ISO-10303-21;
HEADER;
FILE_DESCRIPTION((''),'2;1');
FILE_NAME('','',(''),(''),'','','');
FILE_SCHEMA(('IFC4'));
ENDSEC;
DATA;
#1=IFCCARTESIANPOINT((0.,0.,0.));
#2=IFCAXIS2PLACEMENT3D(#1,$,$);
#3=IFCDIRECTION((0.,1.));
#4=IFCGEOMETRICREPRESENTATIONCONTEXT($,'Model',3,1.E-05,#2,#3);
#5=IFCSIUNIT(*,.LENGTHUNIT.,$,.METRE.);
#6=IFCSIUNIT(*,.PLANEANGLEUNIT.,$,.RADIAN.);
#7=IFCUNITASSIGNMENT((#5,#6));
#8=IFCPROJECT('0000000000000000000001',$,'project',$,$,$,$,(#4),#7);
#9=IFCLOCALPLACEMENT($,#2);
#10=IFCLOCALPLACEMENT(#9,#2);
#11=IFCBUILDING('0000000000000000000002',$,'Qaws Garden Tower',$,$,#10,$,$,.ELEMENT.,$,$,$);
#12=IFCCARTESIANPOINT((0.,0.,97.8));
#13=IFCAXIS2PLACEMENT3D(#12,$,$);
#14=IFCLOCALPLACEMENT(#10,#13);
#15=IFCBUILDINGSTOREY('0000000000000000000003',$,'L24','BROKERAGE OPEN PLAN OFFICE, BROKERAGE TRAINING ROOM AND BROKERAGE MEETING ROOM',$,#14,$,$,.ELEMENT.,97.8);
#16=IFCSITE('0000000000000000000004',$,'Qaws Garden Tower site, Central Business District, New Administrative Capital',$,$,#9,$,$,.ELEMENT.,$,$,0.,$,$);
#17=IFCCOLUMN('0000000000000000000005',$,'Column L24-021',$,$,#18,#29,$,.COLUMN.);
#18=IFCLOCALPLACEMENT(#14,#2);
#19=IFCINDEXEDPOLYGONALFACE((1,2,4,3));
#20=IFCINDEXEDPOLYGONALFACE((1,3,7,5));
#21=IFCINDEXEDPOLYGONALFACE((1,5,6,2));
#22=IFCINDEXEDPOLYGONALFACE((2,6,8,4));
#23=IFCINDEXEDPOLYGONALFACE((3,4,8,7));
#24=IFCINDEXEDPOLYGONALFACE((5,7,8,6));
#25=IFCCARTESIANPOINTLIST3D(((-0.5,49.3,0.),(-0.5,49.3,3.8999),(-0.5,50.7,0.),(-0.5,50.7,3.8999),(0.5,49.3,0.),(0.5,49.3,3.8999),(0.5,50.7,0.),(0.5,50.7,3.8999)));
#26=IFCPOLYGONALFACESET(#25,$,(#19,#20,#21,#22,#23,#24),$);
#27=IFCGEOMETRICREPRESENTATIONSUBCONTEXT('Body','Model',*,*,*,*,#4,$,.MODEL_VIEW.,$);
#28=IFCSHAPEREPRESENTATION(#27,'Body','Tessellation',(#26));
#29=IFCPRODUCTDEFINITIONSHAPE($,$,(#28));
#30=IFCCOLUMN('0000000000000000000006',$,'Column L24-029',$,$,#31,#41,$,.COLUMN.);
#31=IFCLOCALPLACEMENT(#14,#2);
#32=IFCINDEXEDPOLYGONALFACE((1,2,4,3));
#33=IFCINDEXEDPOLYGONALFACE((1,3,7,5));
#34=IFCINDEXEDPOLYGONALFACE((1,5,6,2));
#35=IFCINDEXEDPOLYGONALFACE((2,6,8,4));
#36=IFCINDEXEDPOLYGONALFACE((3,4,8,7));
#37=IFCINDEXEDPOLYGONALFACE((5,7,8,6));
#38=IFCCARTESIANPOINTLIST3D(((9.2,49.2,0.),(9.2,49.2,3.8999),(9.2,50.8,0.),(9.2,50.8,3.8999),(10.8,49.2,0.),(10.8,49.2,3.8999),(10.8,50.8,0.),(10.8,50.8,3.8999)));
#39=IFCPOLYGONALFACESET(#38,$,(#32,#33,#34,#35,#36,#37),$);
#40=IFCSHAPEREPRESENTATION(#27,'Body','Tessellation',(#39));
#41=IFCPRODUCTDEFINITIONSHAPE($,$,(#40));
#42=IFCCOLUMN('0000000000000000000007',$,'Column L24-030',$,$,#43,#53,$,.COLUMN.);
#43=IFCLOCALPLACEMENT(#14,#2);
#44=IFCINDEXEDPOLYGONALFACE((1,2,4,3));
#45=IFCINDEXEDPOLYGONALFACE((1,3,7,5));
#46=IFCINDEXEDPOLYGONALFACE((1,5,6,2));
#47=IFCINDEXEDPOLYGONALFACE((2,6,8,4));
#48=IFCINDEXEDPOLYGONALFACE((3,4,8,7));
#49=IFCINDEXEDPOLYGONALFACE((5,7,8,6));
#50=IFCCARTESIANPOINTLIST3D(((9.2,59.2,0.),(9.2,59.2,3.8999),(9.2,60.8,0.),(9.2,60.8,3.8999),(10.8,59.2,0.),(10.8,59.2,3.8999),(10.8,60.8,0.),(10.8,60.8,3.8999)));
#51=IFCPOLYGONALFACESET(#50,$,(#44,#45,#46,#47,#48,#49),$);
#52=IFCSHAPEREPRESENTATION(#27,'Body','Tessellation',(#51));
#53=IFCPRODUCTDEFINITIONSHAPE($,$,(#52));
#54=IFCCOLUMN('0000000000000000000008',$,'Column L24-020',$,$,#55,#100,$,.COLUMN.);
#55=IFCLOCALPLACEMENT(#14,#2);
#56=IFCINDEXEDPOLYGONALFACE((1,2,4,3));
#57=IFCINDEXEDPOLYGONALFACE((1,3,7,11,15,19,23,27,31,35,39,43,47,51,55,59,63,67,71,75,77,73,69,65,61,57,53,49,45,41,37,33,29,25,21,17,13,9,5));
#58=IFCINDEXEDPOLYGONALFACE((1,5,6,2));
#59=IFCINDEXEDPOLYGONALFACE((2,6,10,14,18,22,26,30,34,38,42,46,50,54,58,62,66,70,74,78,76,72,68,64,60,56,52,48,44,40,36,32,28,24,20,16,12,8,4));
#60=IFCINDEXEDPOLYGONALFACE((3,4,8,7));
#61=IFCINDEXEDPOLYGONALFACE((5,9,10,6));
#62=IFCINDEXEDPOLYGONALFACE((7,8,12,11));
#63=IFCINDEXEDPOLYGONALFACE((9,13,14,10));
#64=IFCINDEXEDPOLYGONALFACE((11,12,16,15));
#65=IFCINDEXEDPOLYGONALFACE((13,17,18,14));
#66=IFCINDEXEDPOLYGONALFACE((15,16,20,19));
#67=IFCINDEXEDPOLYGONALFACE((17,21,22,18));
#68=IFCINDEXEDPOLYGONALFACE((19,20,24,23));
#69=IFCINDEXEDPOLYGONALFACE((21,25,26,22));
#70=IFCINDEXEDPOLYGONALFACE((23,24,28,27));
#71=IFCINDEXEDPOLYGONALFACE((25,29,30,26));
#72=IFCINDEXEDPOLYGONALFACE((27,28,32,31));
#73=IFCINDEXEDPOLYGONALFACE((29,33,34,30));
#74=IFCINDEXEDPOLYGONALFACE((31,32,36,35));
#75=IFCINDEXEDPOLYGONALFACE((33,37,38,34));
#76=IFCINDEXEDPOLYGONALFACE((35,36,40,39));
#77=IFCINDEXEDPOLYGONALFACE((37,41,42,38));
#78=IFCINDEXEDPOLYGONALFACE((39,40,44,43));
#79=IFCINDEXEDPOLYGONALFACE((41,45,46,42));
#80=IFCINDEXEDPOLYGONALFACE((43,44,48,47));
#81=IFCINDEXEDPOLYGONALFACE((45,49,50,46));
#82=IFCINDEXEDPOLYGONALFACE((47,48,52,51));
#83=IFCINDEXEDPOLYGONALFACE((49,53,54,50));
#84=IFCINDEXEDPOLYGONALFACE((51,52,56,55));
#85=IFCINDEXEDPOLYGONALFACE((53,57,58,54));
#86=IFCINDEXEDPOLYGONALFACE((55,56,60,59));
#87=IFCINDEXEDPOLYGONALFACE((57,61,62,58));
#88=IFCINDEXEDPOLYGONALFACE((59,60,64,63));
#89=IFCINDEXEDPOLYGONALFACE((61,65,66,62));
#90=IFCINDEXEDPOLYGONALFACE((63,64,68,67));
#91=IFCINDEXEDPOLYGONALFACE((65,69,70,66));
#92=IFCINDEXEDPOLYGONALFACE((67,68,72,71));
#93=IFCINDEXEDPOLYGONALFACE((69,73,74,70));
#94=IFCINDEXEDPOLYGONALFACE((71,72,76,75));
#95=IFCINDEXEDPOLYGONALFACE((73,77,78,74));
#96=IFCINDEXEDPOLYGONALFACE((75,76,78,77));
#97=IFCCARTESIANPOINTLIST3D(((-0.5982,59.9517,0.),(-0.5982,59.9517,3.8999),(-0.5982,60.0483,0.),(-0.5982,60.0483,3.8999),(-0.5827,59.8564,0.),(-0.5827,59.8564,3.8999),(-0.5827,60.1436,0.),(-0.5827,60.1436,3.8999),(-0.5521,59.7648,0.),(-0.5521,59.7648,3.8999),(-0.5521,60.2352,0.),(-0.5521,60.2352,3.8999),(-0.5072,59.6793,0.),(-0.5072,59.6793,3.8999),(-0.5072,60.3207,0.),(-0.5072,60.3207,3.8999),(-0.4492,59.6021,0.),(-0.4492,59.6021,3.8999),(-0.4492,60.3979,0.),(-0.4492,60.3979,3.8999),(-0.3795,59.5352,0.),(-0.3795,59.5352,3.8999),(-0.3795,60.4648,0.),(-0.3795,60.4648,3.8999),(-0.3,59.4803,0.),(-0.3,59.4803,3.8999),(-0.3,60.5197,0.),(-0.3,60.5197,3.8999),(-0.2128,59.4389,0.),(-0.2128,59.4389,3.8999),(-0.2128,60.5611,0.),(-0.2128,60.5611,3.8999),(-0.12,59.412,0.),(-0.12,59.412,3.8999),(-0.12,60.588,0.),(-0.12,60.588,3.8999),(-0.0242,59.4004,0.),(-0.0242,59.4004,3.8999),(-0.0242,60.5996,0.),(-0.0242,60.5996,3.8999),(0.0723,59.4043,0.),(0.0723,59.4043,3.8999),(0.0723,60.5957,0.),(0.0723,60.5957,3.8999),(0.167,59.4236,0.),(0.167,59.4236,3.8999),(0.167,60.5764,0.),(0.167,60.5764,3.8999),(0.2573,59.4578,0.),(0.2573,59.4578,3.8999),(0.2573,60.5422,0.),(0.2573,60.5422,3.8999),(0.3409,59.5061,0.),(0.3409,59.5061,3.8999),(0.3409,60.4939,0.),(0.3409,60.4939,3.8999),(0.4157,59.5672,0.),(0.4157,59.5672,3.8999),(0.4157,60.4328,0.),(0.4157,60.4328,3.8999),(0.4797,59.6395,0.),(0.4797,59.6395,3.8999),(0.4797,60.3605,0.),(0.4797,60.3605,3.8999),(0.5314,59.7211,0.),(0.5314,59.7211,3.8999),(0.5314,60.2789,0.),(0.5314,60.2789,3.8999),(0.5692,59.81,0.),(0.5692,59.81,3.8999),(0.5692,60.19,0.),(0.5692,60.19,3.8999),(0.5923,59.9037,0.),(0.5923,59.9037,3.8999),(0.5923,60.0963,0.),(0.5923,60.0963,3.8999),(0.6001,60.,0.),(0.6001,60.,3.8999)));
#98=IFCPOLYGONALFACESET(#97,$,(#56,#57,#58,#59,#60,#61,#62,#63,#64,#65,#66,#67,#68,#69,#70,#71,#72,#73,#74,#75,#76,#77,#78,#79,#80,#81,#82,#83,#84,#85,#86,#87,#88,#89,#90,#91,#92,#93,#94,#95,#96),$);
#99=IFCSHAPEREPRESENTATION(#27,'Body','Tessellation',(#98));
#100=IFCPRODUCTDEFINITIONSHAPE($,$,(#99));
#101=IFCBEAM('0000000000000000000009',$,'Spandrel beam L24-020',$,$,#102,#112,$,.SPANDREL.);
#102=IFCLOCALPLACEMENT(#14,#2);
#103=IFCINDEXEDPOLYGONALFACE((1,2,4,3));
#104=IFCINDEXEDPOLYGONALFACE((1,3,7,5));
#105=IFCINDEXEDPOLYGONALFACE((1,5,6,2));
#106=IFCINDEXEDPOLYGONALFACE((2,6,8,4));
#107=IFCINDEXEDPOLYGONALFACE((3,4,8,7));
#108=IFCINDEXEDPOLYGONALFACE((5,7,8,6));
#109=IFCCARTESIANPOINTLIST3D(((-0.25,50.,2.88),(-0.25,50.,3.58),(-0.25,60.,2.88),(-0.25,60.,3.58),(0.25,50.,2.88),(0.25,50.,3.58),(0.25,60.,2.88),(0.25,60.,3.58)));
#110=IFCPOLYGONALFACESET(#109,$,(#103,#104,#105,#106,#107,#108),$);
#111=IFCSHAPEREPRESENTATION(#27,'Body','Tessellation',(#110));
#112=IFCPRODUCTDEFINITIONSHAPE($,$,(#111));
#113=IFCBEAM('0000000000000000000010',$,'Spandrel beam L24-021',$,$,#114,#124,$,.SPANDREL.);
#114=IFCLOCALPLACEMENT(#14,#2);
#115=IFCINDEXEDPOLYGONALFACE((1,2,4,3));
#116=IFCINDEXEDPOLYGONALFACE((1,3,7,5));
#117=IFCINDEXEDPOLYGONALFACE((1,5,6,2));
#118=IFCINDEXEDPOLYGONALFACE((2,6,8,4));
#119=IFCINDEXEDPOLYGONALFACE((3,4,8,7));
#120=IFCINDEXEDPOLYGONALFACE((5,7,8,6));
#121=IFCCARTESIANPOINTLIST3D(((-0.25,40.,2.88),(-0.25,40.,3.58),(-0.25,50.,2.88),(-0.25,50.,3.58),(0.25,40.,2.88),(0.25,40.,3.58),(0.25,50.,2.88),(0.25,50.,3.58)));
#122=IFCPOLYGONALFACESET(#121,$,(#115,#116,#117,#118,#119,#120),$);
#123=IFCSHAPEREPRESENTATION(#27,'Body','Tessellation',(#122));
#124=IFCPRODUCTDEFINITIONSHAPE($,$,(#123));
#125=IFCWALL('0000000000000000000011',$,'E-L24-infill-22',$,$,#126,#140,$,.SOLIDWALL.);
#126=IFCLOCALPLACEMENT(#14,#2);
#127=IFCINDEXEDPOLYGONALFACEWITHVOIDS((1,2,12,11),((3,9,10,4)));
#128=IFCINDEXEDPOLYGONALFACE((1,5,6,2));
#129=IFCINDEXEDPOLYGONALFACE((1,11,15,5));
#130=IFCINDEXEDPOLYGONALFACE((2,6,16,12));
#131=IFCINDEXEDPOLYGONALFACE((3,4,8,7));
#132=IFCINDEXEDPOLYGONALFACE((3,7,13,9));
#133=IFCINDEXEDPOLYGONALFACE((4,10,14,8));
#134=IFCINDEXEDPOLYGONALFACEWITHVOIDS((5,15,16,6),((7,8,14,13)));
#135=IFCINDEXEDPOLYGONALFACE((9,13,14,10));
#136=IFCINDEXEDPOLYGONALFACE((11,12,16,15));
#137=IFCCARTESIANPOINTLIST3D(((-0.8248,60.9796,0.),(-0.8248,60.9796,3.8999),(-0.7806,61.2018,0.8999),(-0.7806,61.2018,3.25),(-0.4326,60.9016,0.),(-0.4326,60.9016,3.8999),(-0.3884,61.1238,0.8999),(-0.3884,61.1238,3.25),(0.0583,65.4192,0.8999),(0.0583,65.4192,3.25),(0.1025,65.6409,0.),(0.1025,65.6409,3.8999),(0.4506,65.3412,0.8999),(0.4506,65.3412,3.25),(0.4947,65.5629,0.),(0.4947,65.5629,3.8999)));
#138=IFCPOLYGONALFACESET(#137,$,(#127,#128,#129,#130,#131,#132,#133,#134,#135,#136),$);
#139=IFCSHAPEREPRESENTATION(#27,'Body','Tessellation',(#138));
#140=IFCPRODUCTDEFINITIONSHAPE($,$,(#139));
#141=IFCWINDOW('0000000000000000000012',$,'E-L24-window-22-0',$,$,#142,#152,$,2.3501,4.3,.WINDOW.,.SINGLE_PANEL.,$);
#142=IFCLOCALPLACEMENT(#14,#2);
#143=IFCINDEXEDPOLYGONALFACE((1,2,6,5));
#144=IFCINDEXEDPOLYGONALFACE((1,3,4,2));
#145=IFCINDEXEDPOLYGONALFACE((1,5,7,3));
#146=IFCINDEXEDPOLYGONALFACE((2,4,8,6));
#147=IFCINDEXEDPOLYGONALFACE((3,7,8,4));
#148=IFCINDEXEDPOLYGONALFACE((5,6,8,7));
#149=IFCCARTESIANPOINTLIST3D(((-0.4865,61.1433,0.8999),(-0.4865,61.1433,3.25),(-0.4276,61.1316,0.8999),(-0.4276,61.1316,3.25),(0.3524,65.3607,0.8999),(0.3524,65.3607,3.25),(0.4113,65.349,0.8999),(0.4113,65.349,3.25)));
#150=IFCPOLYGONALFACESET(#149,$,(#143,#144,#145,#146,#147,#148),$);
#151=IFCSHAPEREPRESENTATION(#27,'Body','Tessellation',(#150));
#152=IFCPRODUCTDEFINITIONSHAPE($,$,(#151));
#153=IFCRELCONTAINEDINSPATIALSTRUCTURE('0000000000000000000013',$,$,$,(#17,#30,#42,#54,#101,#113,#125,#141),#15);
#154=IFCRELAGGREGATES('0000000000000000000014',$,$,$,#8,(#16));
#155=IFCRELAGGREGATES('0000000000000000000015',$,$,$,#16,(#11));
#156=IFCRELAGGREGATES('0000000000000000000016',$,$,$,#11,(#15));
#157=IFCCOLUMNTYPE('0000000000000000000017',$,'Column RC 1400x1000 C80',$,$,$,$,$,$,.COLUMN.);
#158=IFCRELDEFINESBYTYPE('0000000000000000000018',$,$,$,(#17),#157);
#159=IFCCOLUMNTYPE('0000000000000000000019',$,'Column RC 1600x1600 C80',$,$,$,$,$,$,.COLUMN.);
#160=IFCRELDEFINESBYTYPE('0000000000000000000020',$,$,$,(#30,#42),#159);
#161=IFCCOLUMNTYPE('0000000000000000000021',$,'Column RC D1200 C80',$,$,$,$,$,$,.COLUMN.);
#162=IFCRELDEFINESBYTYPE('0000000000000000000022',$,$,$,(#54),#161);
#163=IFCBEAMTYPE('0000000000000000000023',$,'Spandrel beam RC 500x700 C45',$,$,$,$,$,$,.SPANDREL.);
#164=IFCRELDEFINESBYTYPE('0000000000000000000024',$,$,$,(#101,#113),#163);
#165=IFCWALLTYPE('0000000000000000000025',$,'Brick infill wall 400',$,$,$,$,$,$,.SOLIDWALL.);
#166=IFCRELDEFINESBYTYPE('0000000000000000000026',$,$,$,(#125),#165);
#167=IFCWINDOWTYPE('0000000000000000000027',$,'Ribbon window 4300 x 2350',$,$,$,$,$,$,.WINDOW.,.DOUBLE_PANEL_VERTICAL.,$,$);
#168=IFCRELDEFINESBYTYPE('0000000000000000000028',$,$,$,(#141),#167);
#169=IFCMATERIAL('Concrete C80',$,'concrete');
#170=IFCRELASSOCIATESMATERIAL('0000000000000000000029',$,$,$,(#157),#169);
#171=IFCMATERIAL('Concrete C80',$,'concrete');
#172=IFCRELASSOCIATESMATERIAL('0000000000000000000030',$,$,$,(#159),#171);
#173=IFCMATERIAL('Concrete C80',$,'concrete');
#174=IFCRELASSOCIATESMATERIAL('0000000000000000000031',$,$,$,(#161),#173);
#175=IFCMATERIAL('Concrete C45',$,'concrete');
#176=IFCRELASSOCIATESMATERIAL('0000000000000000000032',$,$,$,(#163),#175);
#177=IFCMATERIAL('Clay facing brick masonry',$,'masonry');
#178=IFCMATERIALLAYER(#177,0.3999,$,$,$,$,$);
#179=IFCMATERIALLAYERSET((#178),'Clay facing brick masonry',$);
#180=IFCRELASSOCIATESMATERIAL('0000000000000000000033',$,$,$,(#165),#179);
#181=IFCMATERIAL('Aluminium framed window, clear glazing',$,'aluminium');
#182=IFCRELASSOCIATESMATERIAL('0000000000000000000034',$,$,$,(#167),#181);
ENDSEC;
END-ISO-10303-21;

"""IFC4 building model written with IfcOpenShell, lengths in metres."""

from ifc_helpers import new_model, si_unit, direction, frame, frame_2d, origin, origin_2d, place, context, subcontext, project, spatial, rectangle, circle, extrude, material, layer, layer_set, material_profile, profile_set, type_object, element, fill, save


model = new_model("IFC4")

# Units and contexts
model_context = context("Model", 3, precision=1e-05, world=origin(), true_north=direction((0.0, 1.0)))
body_context = subcontext(model_context, "Body", "Model", "MODEL_VIEW")
ifc_project = project(units=[si_unit("LENGTHUNIT", "METRE"), si_unit("PLANEANGLEUNIT", "RADIAN")], contexts=[model_context])

# Site, building, storey
site_placement = place(None, origin())
site = spatial("IfcSite", under=ifc_project, at=site_placement, Name="Qaws Garden Tower site, Central Business District, New Administrative Capital", CompositionType="ELEMENT", RefElevation=0.0)
building_placement = place(site_placement, origin())
building = spatial("IfcBuilding", under=site, at=building_placement, Name="Qaws Garden Tower", CompositionType="ELEMENT")
storey_placement = place(building_placement, frame((0.0, 0.0, 97.8)))
storey = spatial("IfcBuildingStorey", under=building, at=storey_placement, Name="L24", Description="BROKERAGE OPEN PLAN OFFICE, BROKERAGE TRAINING ROOM AND BROKERAGE MEETING ROOM", CompositionType="ELEMENT", Elevation=97.8)

# Columns
ifc_material_1 = material(Name="Concrete C80", Category="concrete")
ifc_material_profile_1 = material_profile(ifc_material_1, rectangle(XDim=1.3999, YDim=1.0, at=origin_2d()), Name="RC 1400x1000")
ifc_profile_set_1 = profile_set([ifc_material_profile_1], Name="Concrete C80")
column_type_1 = type_object("IfcColumnType", Name="Column RC 1400x1000 C80", PredefinedType="COLUMN", material=ifc_profile_set_1)
column_1_placement = place(storey_placement, frame((0.0, 50.0, 0.0), z_axis=(0.0, 0.0, 1.0), x_axis=(0.0, 1.0, 0.0)))
element("IfcColumn", 1, at=column_1_placement, inside=storey, type_object=column_type_1, Name="Column L24-021", PredefinedType="COLUMN", context=body_context, shape_type="SweptSolid", body=[
    extrude(rectangle(XDim=1.3999, YDim=1.0, at=origin_2d()), origin(), (0.0, 0.0, 1.0), 3.8999),
])
ifc_material_2 = material(Name="Concrete C80", Category="concrete")
ifc_material_profile_2 = material_profile(ifc_material_2, rectangle(XDim=1.6001, YDim=1.6001, at=origin_2d()), Name="RC 1600x1600")
ifc_profile_set_2 = profile_set([ifc_material_profile_2], Name="Concrete C80")
column_type_2 = type_object("IfcColumnType", Name="Column RC 1600x1600 C80", PredefinedType="COLUMN", material=ifc_profile_set_2)
for number, where, z_axis, x_axis, name in (
    (2, (10.0, 50.0, 0.0), (0.0, 0.0, 1.0), (1.0, 0.0, 0.0), "Column L24-029"),
    (3, (10.0, 60.0, 0.0), (0.0, 0.0, 1.0), (1.0, 0.0, 0.0), "Column L24-030"),
):
    element("IfcColumn", number, at=place(storey_placement, frame(where, z_axis=z_axis, x_axis=x_axis)), inside=storey, type_object=column_type_2, Name=name, PredefinedType="COLUMN", context=body_context, shape_type="SweptSolid", body=[
        extrude(rectangle(XDim=1.6001, YDim=1.6001, at=origin_2d()), origin(), (0.0, 0.0, 1.0), 3.8999),
    ])
ifc_material_3 = material(Name="Concrete C80", Category="concrete")
ifc_material_profile_3 = material_profile(ifc_material_3, circle(Radius=0.6001, at=origin_2d()), Name="RC D1200")
ifc_profile_set_3 = profile_set([ifc_material_profile_3], Name="Concrete C80")
column_type_3 = type_object("IfcColumnType", Name="Column RC D1200 C80", PredefinedType="COLUMN", material=ifc_profile_set_3)
column_2_placement = place(storey_placement, frame((0.0, 60.0, 0.0), z_axis=(0.0, 0.0, 1.0), x_axis=(1.0, 0.0, 0.0)))
element("IfcColumn", 4, at=column_2_placement, inside=storey, type_object=column_type_3, Name="Column L24-020", PredefinedType="COLUMN", context=body_context, shape_type="SweptSolid", body=[
    extrude(circle(Radius=0.6001, at=origin_2d()), origin(), (0.0, 0.0, 1.0), 3.8999),
])

# Beams
ifc_material_4 = material(Name="Concrete C45", Category="concrete")
ifc_material_profile_4 = material_profile(ifc_material_4, rectangle(XDim=0.5, YDim=0.7, at=origin_2d()), Name="RC 500x700")
ifc_profile_set_4 = profile_set([ifc_material_profile_4], Name="Concrete C45")
beam_type = type_object("IfcBeamType", Name="Spandrel beam RC 500x700 C45", PredefinedType="SPANDREL", material=ifc_profile_set_4)
for number, where, z_axis, x_axis, name in (
    (5, (0.0, 60.0, 3.23), (0.0, -1.0, 0.0), (1.0, 0.0, 0.0), "Spandrel beam L24-020"),
    (6, (0.0, 50.0, 3.23), (0.0, -1.0, 0.0), (1.0, 0.0, 0.0), "Spandrel beam L24-021"),
):
    element("IfcBeam", number, at=place(storey_placement, frame(where, z_axis=z_axis, x_axis=x_axis)), inside=storey, type_object=beam_type, Name=name, PredefinedType="SPANDREL", context=body_context, shape_type="SweptSolid", body=[
        extrude(rectangle(XDim=0.5, YDim=0.7, at=origin_2d()), origin(), (0.0, 0.0, 1.0), 10.0),
    ])

# Wall, opening, window
ifc_material_5 = material(Name="Clay facing brick masonry", Category="masonry")
ifc_layer_1 = layer(ifc_material_5, 0.3999)
ifc_layer_set_1 = layer_set([ifc_layer_1], Name="Clay facing brick masonry")
wall_type_1 = type_object("IfcWallType", Name="Brick infill wall 400", PredefinedType="SOLIDWALL", material=ifc_layer_set_1)
wall_1_placement = place(storey_placement, frame((0.2986, 65.6021, 0.0), z_axis=(0.0, 0.0, 1.0), x_axis=(-0.195099, -0.980784, 0.0)))
wall_1 = element("IfcWall", 7, at=wall_1_placement, inside=storey, type_object=wall_type_1, Name="E-L24-infill-22", PredefinedType="SOLIDWALL", context=body_context, shape_type="SweptSolid", body=[
    extrude(rectangle(XDim=4.7527, YDim=0.3999, at=frame_2d((2.3765, 0.0))), origin(), (0.0, 0.0, 1.0), 3.8999),
])
opening_1_placement = place(wall_1_placement, frame((0.2263, 0.0, 0.8999)))
opening_1 = element("IfcOpeningElement", 8, at=opening_1_placement, cuts=wall_1, PredefinedType="OPENING", context=body_context, shape_type="SweptSolid", body=[
    extrude(rectangle(XDim=4.3, YDim=2.3501, at=frame_2d((2.1499, 1.175))), frame((0.0, 0.21, 0.0), z_axis=(0.0, -1.0, 0.0), x_axis=(1.0, 0.0, 0.0)), (0.0, 0.0, 1.0), 0.4199),
])
ifc_material_6 = material(Name="Aluminium framed window, clear glazing", Category="aluminium")
window_type_1 = type_object("IfcWindowType", Name="Ribbon window 4300 x 2350", PartitioningType="DOUBLE_PANEL_VERTICAL", PredefinedType="WINDOW", material=ifc_material_6)
window_1_placement = place(opening_1_placement, origin())
window_1 = element("IfcWindow", 9, at=window_1_placement, inside=storey, type_object=window_type_1, Name="E-L24-window-22-0", OverallHeight=2.3501, OverallWidth=4.3, PartitioningType="SINGLE_PANEL", PredefinedType="WINDOW", context=body_context, shape_type="SweptSolid", body=[
    extrude(rectangle(XDim=4.3, YDim=2.3501, at=frame_2d((2.1499, 1.175))), frame((0.0, 0.1599, 0.0), z_axis=(0.0, -1.0, 0.0), x_axis=(1.0, 0.0, 0.0)), (0.0, 0.0, 1.0), 0.0601),
])
fill(opening_1, window_1)

save(model, "model.ifc")
